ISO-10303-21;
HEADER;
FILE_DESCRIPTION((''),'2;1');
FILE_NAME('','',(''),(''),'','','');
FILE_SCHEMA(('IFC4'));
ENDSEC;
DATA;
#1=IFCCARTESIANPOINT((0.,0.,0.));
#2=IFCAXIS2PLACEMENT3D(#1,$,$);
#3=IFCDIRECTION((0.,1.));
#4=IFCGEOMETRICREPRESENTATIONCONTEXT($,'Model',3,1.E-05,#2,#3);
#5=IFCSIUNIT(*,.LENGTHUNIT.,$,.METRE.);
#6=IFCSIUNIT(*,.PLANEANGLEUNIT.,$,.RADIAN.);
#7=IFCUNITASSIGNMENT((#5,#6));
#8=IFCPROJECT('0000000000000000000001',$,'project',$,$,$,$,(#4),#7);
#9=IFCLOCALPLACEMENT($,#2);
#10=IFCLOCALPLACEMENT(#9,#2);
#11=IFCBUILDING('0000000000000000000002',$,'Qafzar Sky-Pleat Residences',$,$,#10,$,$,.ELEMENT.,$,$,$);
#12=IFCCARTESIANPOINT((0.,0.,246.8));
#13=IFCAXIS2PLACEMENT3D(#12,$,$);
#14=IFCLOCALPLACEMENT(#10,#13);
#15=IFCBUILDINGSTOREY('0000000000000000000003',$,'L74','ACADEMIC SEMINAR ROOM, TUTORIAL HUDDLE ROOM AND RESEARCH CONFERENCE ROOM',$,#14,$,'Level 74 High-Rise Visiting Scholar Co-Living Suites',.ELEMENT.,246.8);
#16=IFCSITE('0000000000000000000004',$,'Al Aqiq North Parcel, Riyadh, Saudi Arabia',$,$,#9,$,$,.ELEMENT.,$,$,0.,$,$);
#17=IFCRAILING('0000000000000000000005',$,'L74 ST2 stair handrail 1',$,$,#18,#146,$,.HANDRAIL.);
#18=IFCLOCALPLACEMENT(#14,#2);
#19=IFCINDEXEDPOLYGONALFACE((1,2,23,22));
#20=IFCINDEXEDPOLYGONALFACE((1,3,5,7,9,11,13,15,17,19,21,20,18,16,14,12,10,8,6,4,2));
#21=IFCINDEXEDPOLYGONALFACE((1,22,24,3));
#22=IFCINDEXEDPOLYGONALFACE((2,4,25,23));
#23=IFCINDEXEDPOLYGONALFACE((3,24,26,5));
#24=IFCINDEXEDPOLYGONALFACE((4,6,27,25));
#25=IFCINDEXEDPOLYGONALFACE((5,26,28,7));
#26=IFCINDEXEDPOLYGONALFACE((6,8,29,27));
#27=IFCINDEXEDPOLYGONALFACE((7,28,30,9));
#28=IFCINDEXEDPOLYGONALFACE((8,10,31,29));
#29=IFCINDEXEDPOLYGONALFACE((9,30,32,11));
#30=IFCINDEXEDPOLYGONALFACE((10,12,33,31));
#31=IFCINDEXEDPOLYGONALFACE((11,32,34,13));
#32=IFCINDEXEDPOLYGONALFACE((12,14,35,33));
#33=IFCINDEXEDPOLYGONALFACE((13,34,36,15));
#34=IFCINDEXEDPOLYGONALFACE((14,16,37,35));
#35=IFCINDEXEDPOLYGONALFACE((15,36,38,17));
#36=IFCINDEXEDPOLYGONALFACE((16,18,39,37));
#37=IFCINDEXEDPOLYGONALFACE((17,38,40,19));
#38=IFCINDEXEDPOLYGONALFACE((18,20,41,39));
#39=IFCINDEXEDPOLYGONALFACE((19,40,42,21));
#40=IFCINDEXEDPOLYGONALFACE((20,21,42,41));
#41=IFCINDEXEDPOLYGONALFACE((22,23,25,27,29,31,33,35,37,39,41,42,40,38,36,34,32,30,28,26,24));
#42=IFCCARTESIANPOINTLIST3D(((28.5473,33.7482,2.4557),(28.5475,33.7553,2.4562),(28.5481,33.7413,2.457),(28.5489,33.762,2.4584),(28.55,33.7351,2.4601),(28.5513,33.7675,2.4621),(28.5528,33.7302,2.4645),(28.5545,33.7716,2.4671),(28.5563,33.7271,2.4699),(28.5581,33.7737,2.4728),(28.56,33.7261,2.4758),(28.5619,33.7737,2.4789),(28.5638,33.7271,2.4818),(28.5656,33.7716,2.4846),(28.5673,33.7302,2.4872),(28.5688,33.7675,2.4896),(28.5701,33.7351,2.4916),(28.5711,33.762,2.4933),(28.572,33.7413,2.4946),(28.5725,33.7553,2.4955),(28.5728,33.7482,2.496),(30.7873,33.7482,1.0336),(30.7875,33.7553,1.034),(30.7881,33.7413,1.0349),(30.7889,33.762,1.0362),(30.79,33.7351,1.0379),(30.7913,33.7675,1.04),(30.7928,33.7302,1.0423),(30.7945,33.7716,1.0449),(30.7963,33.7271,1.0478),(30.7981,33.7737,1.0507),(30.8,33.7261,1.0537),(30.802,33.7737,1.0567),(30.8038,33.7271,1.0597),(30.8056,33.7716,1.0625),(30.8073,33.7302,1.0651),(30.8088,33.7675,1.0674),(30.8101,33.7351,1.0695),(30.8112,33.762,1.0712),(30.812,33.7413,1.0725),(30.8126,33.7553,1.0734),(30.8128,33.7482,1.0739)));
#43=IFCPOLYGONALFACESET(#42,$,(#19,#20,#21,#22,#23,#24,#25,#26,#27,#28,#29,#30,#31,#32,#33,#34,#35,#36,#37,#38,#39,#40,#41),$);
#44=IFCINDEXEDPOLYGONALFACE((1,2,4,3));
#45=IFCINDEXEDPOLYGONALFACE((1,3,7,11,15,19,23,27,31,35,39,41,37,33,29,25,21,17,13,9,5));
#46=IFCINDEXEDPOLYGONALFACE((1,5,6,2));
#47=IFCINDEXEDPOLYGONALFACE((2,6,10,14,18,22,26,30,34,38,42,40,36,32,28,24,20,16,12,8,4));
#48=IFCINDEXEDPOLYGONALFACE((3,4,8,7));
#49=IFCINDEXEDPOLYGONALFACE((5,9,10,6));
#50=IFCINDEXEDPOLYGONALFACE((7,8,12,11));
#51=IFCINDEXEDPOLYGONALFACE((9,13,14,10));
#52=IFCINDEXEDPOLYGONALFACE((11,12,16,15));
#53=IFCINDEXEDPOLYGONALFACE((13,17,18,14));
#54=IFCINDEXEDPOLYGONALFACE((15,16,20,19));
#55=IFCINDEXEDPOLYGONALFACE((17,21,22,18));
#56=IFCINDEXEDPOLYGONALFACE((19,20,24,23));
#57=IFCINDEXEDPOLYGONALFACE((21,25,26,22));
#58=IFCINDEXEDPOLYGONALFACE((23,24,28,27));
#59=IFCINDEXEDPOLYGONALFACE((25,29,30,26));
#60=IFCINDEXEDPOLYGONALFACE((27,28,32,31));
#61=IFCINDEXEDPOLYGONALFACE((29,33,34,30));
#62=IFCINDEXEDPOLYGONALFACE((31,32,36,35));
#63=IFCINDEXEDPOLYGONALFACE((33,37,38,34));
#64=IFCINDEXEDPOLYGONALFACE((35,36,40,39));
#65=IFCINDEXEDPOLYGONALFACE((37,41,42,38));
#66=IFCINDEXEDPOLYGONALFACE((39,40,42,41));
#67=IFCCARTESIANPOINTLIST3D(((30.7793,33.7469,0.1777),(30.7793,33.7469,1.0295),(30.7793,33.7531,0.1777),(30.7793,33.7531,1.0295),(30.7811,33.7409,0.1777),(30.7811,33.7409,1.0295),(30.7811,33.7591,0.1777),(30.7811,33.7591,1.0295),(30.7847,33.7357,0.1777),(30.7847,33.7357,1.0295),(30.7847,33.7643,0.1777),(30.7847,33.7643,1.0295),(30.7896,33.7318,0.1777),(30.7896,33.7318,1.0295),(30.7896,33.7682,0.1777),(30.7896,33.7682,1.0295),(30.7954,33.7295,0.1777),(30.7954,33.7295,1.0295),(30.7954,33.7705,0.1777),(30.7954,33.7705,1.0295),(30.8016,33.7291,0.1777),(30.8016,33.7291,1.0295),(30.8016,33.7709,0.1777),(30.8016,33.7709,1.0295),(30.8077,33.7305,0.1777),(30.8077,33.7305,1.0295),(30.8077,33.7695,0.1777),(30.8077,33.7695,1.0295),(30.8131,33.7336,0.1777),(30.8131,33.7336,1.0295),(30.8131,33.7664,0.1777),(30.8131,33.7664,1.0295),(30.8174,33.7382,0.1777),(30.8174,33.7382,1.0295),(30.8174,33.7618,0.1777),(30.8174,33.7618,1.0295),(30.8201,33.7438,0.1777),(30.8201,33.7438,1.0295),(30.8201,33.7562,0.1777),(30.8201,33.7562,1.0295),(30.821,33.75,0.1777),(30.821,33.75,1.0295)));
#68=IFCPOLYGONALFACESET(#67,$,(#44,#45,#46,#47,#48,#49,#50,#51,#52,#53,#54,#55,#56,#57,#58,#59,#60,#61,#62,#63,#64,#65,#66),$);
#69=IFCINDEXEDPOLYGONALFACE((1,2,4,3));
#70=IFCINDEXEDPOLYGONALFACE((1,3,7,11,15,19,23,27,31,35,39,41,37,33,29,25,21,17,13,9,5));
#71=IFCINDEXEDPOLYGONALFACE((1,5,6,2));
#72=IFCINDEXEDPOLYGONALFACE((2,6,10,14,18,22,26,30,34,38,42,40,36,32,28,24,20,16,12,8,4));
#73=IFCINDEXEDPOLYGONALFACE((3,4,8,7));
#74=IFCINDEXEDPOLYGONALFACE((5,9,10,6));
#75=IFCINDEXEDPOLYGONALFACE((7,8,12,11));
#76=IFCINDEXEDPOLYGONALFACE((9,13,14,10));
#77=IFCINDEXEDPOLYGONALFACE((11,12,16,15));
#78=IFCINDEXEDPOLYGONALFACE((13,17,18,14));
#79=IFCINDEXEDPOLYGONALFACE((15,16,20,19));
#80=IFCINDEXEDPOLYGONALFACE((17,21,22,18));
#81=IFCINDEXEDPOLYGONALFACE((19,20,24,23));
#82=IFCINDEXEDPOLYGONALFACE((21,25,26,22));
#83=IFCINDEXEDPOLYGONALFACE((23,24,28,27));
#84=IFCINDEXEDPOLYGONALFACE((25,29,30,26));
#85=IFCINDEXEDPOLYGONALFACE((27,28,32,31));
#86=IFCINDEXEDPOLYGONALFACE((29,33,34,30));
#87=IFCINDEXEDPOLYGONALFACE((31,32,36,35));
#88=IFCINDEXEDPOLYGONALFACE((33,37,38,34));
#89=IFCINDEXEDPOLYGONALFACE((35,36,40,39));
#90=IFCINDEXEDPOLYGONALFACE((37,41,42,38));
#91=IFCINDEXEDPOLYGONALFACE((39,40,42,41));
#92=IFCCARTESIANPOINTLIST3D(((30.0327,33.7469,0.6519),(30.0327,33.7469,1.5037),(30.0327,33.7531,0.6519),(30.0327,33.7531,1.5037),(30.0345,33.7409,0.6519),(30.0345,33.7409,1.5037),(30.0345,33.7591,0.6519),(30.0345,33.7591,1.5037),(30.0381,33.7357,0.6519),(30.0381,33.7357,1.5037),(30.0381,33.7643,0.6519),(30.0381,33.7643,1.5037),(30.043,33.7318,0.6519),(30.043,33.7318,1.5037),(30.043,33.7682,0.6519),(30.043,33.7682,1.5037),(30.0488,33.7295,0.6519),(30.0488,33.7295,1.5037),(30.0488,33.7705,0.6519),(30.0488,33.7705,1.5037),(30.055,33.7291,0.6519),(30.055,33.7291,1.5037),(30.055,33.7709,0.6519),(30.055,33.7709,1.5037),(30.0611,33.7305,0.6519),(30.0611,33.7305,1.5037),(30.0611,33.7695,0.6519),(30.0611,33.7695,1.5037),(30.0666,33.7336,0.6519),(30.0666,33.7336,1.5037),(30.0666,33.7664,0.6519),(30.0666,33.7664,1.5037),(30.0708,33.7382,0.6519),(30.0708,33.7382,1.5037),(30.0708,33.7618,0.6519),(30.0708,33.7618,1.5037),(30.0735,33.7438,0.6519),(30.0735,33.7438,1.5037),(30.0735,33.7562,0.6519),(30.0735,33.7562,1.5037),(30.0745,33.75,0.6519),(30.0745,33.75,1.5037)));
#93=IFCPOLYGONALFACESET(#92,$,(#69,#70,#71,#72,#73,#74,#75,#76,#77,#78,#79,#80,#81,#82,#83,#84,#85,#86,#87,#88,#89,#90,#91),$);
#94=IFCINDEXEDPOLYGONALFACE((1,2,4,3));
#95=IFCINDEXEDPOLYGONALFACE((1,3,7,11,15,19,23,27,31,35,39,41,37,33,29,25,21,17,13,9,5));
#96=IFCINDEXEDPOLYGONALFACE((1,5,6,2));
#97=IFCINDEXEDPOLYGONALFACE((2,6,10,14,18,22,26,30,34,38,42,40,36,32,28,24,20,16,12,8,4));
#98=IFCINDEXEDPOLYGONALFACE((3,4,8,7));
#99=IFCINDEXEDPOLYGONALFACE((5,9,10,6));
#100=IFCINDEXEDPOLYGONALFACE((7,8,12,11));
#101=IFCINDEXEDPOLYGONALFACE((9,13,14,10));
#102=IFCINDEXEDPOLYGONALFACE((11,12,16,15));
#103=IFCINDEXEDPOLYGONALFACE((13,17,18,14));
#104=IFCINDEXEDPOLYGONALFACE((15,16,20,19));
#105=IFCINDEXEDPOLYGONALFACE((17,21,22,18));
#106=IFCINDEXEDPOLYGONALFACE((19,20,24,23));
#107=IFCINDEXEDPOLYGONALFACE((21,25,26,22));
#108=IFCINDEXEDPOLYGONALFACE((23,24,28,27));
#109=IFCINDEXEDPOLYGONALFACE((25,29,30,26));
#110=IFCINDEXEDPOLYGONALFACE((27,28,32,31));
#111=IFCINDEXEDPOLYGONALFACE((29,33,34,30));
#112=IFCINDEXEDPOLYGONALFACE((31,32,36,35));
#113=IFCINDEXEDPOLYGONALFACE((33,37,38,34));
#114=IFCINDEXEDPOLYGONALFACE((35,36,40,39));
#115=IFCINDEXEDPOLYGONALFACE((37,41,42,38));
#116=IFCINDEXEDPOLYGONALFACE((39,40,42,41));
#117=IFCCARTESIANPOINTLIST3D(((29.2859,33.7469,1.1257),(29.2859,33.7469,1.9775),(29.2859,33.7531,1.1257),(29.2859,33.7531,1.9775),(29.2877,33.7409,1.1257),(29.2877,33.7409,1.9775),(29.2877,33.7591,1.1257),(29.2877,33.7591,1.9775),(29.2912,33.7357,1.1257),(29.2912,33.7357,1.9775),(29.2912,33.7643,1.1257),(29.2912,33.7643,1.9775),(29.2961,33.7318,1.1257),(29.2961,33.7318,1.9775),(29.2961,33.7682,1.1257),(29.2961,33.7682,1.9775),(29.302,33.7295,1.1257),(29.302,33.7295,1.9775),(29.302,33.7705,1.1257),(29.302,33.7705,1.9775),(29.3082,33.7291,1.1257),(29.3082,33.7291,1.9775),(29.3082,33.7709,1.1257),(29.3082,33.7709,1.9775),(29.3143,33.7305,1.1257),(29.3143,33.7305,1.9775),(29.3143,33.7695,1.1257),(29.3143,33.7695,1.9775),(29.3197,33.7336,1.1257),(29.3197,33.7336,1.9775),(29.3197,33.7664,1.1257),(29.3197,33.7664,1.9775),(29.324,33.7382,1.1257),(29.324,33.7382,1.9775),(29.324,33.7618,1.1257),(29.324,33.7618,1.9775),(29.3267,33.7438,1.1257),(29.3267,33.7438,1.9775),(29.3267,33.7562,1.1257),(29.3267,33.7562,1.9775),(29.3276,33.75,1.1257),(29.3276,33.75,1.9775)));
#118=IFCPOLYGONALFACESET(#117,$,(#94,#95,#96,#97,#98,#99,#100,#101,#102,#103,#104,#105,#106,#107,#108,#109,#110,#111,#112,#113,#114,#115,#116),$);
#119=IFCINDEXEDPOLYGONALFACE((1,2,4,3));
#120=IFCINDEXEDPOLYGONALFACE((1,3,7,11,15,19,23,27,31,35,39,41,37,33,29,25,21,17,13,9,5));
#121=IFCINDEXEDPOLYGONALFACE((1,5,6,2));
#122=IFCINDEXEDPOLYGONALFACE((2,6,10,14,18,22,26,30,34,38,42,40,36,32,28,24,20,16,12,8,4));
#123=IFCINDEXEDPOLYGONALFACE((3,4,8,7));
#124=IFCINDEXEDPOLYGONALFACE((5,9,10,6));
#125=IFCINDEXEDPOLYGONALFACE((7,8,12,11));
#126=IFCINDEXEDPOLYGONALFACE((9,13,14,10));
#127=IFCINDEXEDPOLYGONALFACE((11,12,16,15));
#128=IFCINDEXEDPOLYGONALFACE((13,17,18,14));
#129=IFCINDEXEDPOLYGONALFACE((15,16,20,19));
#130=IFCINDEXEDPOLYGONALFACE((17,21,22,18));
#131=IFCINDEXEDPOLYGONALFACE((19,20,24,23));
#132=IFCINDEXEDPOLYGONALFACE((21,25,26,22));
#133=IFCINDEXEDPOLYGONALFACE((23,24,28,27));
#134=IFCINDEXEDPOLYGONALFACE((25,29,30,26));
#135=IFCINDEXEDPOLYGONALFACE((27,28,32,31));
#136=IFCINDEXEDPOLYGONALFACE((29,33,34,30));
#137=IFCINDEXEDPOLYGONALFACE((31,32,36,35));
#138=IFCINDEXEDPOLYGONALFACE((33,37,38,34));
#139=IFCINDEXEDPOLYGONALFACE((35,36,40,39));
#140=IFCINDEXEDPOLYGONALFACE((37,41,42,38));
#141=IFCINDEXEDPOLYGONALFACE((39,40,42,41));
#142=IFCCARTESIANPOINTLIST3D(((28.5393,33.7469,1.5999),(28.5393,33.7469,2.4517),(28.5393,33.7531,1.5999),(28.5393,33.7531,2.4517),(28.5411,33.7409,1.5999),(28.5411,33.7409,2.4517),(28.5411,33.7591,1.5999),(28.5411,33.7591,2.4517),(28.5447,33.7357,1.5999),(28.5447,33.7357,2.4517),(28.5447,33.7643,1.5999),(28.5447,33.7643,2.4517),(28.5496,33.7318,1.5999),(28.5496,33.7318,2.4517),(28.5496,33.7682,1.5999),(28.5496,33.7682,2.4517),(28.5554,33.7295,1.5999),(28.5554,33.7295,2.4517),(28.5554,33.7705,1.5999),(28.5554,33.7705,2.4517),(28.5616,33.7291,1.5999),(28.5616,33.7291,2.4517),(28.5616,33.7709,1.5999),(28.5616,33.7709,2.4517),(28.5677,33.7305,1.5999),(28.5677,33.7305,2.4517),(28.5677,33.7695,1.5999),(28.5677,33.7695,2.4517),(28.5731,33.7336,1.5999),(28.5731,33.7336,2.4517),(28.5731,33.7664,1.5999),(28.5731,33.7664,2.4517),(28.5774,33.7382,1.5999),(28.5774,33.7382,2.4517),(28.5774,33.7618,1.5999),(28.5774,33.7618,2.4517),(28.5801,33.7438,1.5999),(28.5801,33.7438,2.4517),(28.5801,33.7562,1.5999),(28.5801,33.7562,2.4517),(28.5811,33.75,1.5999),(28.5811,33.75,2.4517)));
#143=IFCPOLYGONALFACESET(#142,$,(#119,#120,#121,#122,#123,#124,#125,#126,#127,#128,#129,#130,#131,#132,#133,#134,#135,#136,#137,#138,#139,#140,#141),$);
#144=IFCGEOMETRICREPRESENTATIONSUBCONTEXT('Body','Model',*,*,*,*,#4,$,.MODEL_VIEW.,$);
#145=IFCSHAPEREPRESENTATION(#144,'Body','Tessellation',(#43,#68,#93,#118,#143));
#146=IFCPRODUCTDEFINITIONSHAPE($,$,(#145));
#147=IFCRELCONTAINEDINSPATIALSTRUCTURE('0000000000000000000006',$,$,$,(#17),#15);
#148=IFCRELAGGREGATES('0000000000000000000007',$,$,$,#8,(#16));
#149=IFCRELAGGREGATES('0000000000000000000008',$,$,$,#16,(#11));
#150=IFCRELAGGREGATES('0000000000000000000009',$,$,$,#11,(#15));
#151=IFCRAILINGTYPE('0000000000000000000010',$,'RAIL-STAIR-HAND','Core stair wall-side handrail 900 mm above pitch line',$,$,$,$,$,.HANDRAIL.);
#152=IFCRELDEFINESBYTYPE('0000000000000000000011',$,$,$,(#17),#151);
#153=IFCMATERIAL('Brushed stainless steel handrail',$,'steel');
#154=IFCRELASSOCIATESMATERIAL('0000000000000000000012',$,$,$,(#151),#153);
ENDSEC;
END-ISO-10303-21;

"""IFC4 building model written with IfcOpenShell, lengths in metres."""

from ifc_helpers import new_model, si_unit, direction, frame, origin, origin_2d, place, context, subcontext, project, spatial, circle, extrude, source, transform, mapped, material, type_object, element, save


model = new_model("IFC4")

# Units and contexts
model_context = context("Model", 3, precision=1e-05, world=origin(), true_north=direction((0.0, 1.0)))
body_context = subcontext(model_context, "Body", "Model", "MODEL_VIEW")
ifc_project = project(units=[si_unit("LENGTHUNIT", "METRE"), si_unit("PLANEANGLEUNIT", "RADIAN")], contexts=[model_context])

# Site, building, storey
site_placement = place(None, origin())
site = spatial("IfcSite", under=ifc_project, at=site_placement, Name="Al Aqiq North Parcel, Riyadh, Saudi Arabia", CompositionType="ELEMENT", RefElevation=0.0)
building_placement = place(site_placement, origin())
building = spatial("IfcBuilding", under=site, at=building_placement, Name="Qafzar Sky-Pleat Residences", CompositionType="ELEMENT")
storey_placement = place(building_placement, frame((0.0, 0.0, 246.8)))
storey = spatial("IfcBuildingStorey", under=building, at=storey_placement, Name="L74", Description="ACADEMIC SEMINAR ROOM, TUTORIAL HUDDLE ROOM AND RESEARCH CONFERENCE ROOM", LongName="Level 74 High-Rise Visiting Scholar Co-Living Suites", CompositionType="ELEMENT", Elevation=246.8)

# Railing
ifc_material_1 = material(Name="Brushed stainless steel handrail", Category="steel")
railing_type_1 = type_object("IfcRailingType", Name="RAIL-STAIR-HAND", Description="Core stair wall-side handrail 900 mm above pitch line", PredefinedType="HANDRAIL", material=ifc_material_1)
shared_shape_1 = source(origin(), body_context, "Body", "SweptSolid", [
    extrude(circle(Radius=0.0239, at=origin_2d()), frame((0.0, 0.0, 0.876), z_axis=(-0.844229, 0.0, 0.535982), x_axis=(0.0, -1.0, 0.0)), (0.0, 0.0, 1.0), 2.6533),
    extrude(circle(Radius=0.021, at=origin_2d()), origin(), (0.0, 0.0, 1.0), 0.8518),
    extrude(circle(Radius=0.021, at=origin_2d()), frame((-0.7466, 0.0, 0.4741)), (0.0, 0.0, 1.0), 0.8518),
    extrude(circle(Radius=0.021, at=origin_2d()), frame((-1.4934, 0.0, 0.948)), (0.0, 0.0, 1.0), 0.8518),
    extrude(circle(Radius=0.021, at=origin_2d()), frame((-2.24, 0.0, 1.4221)), (0.0, 0.0, 1.0), 0.8518),
])
railing_1_placement = place(storey_placement, frame((30.8, 33.75, 0.1777)))
element("IfcRailing", 1, at=railing_1_placement, inside=storey, type_object=railing_type_1, Name="L74 ST2 stair handrail 1", PredefinedType="HANDRAIL", context=body_context, shape_type="MappedRepresentation", body=[
    mapped(shared_shape_1, transform((0.0, 0.0, 0.0), x_axis=(1.0, 0.0, 0.0), y_axis=(0.0, 1.0, 0.0), z_axis=(0.0, 0.0, 1.0), scale=1.0)),
])

save(model, "model.ifc")
